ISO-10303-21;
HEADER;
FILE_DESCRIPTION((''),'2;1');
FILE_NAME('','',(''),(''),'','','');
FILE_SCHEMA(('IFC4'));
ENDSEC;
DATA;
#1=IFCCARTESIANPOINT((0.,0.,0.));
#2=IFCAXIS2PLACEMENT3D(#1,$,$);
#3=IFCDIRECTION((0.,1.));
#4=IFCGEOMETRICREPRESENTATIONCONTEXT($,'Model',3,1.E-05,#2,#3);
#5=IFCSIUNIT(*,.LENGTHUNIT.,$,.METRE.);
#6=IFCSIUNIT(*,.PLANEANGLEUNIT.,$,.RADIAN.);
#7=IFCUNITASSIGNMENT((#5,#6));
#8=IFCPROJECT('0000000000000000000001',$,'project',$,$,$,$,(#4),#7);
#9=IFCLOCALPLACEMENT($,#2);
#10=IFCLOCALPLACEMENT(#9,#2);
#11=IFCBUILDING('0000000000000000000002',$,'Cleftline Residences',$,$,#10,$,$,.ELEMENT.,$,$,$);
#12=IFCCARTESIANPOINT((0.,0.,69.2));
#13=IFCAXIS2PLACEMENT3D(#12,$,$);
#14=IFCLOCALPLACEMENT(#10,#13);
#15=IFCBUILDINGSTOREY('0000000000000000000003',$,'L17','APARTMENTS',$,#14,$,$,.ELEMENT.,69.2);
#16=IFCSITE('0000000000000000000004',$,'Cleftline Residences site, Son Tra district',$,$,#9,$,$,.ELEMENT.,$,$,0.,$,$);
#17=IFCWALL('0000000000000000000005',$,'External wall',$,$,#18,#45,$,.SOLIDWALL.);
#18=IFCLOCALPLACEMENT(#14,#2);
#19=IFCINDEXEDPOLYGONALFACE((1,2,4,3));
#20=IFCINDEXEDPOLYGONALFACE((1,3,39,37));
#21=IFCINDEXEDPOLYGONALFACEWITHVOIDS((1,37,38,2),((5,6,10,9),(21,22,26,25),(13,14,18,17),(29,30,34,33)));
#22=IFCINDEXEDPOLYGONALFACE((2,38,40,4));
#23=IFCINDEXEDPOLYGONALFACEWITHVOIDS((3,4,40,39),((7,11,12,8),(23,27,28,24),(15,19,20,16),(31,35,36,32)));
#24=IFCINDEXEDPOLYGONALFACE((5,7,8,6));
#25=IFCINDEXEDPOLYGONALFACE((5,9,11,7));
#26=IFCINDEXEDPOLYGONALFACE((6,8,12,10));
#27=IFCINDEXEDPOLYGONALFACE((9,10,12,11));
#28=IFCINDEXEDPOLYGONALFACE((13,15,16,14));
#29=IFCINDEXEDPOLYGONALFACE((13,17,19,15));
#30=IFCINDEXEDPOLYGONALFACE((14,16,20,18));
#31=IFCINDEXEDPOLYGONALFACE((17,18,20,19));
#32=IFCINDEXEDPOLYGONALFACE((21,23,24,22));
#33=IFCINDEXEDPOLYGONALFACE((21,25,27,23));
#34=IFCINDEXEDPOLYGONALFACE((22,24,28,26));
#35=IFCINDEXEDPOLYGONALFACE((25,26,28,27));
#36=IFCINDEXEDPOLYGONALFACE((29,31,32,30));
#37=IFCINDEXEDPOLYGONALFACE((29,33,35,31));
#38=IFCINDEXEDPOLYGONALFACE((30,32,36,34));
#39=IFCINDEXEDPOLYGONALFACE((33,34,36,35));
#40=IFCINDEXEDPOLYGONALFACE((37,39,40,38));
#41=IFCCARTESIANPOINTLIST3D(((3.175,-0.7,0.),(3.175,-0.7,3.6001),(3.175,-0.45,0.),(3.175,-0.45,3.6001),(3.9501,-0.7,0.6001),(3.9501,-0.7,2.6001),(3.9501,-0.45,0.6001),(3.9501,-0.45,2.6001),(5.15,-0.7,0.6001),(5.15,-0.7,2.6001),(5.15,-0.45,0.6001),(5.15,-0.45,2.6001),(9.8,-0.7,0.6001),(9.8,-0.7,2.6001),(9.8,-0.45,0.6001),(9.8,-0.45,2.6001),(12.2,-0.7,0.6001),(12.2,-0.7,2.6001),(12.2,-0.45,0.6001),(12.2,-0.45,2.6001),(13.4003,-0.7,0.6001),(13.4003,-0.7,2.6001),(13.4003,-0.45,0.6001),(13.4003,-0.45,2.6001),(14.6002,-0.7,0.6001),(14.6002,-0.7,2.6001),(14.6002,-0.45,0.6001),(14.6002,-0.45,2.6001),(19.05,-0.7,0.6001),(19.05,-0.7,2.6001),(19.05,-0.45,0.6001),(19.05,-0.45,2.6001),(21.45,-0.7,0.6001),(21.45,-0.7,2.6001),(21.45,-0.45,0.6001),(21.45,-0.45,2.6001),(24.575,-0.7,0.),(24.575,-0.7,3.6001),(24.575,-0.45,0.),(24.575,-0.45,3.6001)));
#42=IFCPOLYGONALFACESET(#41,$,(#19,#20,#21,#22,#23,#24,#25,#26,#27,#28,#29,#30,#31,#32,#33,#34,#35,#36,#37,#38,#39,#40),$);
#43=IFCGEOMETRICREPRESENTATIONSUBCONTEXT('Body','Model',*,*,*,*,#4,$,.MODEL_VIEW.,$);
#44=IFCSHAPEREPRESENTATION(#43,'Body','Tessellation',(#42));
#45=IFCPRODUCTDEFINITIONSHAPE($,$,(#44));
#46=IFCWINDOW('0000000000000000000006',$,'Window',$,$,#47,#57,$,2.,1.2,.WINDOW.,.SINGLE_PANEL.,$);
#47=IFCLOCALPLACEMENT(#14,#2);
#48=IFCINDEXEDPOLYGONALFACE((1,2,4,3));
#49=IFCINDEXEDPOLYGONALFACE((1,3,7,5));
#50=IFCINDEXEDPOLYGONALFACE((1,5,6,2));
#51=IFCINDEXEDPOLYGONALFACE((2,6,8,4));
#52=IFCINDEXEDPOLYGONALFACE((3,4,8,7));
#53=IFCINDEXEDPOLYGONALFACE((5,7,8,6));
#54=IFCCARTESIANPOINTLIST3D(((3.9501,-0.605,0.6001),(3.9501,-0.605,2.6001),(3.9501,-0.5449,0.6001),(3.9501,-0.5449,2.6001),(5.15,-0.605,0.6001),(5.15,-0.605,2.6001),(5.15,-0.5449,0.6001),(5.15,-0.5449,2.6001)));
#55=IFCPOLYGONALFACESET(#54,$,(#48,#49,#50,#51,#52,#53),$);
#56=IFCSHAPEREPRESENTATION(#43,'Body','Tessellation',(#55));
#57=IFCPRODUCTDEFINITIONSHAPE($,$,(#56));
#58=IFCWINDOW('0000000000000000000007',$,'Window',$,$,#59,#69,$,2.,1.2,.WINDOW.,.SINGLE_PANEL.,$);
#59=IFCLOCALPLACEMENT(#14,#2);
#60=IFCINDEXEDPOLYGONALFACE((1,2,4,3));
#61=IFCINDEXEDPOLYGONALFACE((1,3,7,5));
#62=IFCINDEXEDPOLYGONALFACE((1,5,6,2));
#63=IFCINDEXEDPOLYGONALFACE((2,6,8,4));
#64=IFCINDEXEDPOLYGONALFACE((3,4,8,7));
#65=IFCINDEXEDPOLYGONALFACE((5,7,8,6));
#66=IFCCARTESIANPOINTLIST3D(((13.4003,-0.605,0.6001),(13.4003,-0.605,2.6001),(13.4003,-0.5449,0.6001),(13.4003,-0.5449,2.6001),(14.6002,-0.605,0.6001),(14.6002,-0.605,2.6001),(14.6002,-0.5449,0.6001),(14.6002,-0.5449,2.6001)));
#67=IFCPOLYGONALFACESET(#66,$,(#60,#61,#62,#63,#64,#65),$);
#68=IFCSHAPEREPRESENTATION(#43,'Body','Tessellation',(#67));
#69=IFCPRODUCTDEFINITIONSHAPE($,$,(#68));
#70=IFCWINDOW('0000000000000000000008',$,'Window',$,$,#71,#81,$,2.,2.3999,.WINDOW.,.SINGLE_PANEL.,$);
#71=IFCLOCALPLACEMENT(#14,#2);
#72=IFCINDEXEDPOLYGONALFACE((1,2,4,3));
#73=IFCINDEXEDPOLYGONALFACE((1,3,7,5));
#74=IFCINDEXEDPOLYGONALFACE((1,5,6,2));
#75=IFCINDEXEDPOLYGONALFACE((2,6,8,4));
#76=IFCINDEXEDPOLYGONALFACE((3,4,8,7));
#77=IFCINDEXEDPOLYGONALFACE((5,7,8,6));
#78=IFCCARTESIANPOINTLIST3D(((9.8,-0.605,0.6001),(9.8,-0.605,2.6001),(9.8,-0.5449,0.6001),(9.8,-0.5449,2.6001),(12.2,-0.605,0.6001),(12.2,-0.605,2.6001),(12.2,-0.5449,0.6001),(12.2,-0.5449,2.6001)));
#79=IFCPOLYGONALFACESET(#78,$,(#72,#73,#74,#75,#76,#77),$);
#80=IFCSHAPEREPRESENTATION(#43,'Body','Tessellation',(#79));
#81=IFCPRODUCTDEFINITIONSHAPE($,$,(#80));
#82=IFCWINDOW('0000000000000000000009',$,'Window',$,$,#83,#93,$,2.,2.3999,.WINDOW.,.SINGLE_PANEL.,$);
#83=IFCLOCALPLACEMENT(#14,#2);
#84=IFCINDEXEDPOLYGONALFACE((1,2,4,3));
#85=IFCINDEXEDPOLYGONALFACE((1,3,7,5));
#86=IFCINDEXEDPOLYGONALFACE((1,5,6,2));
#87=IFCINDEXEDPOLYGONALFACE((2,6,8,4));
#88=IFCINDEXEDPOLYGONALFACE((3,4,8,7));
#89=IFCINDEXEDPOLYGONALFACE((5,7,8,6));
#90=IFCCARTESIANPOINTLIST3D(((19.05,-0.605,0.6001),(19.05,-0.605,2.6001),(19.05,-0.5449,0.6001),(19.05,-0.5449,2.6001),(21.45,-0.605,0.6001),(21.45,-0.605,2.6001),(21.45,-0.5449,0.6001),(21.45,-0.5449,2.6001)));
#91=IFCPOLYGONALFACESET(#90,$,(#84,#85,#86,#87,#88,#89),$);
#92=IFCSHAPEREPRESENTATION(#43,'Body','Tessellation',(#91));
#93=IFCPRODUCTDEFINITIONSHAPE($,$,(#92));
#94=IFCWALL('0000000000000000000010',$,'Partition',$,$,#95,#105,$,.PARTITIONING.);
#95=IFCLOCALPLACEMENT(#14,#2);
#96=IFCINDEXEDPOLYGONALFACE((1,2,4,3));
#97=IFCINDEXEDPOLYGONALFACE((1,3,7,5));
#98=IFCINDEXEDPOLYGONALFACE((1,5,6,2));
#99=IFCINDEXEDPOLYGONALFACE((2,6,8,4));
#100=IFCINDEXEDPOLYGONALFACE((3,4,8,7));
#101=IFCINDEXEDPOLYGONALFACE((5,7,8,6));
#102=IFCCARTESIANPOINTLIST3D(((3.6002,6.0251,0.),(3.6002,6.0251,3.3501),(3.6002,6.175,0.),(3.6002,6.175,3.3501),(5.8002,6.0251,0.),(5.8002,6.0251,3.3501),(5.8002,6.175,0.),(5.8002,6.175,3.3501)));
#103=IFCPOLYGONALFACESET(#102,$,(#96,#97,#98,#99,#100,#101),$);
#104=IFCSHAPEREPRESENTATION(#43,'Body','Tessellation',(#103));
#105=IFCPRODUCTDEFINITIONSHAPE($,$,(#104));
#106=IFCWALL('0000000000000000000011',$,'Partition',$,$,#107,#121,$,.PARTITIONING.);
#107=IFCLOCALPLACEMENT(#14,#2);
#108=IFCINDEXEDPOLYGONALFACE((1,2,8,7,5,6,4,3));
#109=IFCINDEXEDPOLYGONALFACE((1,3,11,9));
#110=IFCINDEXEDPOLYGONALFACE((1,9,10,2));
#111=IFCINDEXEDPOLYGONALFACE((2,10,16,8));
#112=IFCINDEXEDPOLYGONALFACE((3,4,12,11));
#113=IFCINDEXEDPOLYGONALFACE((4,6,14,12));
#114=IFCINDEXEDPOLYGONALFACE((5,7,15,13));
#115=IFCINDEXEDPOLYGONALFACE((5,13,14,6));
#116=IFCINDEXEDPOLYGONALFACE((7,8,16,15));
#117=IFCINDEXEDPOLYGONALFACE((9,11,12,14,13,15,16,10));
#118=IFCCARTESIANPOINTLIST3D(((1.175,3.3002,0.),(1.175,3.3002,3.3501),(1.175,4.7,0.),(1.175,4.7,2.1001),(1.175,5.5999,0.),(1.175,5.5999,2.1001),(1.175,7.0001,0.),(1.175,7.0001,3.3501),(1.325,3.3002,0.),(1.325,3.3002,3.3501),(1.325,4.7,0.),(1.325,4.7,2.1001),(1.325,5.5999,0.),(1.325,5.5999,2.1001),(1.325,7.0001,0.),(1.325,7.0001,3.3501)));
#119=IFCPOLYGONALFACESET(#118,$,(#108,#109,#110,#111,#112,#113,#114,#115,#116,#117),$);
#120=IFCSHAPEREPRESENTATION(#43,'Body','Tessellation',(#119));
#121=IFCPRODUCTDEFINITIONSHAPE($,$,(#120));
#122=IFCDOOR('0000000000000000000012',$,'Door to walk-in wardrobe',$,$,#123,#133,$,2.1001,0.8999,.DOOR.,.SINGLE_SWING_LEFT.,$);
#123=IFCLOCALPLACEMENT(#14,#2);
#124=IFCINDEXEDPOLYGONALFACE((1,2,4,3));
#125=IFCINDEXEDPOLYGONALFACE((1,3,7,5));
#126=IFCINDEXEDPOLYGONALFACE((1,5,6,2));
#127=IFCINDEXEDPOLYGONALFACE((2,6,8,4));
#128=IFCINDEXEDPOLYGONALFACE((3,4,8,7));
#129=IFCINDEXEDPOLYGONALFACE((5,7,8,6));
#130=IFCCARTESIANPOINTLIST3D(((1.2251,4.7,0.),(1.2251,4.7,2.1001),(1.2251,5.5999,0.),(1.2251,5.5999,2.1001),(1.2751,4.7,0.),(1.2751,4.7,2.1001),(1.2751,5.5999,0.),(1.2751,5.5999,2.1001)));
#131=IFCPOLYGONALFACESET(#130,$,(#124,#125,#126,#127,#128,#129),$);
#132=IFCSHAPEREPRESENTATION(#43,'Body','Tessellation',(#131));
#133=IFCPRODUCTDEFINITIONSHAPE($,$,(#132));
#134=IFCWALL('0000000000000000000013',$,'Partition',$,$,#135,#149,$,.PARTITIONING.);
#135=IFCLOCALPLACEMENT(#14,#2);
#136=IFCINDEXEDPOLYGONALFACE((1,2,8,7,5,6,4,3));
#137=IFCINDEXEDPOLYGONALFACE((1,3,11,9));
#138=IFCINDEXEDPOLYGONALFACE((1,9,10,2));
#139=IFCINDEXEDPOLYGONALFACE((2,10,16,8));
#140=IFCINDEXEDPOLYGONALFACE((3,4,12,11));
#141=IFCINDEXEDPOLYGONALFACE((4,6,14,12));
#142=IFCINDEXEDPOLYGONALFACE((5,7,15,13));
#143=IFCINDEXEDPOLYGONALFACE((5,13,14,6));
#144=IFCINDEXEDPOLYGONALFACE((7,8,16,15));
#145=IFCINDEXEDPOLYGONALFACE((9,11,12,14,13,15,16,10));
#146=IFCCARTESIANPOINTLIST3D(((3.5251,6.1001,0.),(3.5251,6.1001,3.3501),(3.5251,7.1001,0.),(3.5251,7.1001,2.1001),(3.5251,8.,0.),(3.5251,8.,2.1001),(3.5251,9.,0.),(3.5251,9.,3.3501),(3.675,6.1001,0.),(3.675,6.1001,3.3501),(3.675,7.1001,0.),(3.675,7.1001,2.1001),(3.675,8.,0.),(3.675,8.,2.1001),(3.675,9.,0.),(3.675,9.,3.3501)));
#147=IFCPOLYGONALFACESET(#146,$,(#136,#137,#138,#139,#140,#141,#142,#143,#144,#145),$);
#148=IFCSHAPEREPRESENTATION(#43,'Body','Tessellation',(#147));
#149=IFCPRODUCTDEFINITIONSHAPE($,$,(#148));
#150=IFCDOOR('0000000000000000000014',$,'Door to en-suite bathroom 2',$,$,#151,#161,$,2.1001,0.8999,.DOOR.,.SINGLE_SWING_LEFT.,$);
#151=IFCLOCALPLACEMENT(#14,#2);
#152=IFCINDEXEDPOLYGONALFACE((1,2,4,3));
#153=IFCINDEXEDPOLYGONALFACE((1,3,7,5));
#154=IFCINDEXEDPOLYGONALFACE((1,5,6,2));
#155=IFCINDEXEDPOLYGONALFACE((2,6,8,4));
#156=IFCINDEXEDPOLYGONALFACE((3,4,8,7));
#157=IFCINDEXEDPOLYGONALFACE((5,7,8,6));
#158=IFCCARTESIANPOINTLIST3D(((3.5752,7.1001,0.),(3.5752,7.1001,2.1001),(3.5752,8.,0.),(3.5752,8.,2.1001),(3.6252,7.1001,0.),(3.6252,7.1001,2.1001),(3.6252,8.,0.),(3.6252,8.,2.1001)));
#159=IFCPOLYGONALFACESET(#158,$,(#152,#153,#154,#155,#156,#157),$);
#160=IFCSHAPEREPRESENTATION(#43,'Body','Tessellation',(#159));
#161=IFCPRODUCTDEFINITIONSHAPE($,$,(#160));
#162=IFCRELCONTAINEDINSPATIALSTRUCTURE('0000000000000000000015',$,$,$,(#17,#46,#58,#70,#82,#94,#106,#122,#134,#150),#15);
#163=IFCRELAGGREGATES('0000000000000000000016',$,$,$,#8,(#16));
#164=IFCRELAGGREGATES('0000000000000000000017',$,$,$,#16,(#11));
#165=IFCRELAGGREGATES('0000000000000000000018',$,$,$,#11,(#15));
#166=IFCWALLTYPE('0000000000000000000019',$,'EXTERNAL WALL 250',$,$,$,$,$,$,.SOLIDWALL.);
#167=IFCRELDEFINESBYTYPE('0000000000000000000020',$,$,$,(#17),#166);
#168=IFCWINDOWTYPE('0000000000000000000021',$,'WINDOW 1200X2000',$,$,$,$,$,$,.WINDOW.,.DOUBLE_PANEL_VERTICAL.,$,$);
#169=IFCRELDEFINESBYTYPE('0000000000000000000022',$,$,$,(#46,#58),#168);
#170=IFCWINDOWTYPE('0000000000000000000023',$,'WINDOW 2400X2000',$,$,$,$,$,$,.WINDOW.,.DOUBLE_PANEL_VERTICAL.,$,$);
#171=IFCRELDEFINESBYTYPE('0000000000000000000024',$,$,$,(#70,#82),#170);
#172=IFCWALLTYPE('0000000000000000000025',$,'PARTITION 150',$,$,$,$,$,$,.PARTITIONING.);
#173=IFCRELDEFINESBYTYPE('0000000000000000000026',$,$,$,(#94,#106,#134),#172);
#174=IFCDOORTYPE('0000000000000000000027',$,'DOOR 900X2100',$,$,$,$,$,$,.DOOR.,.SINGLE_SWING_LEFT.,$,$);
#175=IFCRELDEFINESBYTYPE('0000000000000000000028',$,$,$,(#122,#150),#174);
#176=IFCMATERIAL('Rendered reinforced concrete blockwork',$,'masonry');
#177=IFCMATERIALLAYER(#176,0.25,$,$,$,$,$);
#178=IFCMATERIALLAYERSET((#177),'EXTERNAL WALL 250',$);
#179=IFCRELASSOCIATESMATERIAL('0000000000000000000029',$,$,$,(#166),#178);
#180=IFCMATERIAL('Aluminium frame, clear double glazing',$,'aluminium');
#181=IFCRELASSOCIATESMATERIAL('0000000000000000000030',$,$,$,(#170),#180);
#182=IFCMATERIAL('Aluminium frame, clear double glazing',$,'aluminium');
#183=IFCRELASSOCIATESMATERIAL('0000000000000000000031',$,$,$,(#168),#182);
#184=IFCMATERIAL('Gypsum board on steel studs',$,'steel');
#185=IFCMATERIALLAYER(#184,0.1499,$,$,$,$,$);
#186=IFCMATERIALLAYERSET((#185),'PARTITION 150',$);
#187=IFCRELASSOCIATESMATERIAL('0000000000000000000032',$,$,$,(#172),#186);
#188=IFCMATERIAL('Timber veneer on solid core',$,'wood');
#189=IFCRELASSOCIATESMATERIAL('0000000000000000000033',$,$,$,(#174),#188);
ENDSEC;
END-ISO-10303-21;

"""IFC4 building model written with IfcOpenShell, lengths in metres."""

from ifc_helpers import new_model, si_unit, direction, frame, frame_2d, origin, place, context, subcontext, project, spatial, rectangle, extrude, material, layer, layer_set, type_object, element, fill, save


model = new_model("IFC4")

# Units and contexts
model_context = context("Model", 3, precision=1e-05, world=origin(), true_north=direction((0.0, 1.0)))
body_context = subcontext(model_context, "Body", "Model", "MODEL_VIEW")
ifc_project = project(units=[si_unit("LENGTHUNIT", "METRE"), si_unit("PLANEANGLEUNIT", "RADIAN")], contexts=[model_context])

# Site, building, storey
site_placement = place(None, origin())
site = spatial("IfcSite", under=ifc_project, at=site_placement, Name="Cleftline Residences site, Son Tra district", CompositionType="ELEMENT", RefElevation=0.0)
building_placement = place(site_placement, origin())
building = spatial("IfcBuilding", under=site, at=building_placement, Name="Cleftline Residences", CompositionType="ELEMENT")
storey_placement = place(building_placement, frame((0.0, 0.0, 69.2)))
storey = spatial("IfcBuildingStorey", under=building, at=storey_placement, Name="L17", Description="APARTMENTS", CompositionType="ELEMENT", Elevation=69.2)

# Shared definitions
ifc_material_1 = material(Name="Rendered reinforced concrete blockwork", Category="masonry")
ifc_layer_1 = layer(ifc_material_1, 0.25)
ifc_layer_set_1 = layer_set([ifc_layer_1], Name="EXTERNAL WALL 250")
wall_type_1 = type_object("IfcWallType", Name="EXTERNAL WALL 250", PredefinedType="SOLIDWALL", material=ifc_layer_set_1)
ifc_material_2 = material(Name="Aluminium frame, clear double glazing", Category="aluminium")
window_type_1 = type_object("IfcWindowType", Name="WINDOW 2400X2000", PartitioningType="DOUBLE_PANEL_VERTICAL", PredefinedType="WINDOW", material=ifc_material_2)

# Wall, openings, windows
wall_1_placement = place(storey_placement, frame((3.175, -0.575, 0.0), z_axis=(0.0, 0.0, 1.0), x_axis=(1.0, 0.0, 0.0)))
wall_1 = element("IfcWall", 1, at=wall_1_placement, inside=storey, type_object=wall_type_1, Name="External wall", PredefinedType="SOLIDWALL", context=body_context, shape_type="SweptSolid", body=[
    extrude(rectangle(XDim=21.3999, YDim=0.25, at=frame_2d((10.7, 0.0))), origin(), (0.0, 0.0, 1.0), 3.6001),
])
opening_1_placement = place(wall_1_placement, frame((0.7749, 0.0, 0.6001)))
opening_1 = element("IfcOpeningElement", 2, at=opening_1_placement, cuts=wall_1, PredefinedType="OPENING", context=body_context, shape_type="SweptSolid", body=[
    extrude(rectangle(XDim=1.2, YDim=2.0, at=frame_2d((0.6001, 1.0))), frame((0.0, 0.135, 0.0), z_axis=(0.0, -1.0, 0.0), x_axis=(1.0, 0.0, 0.0)), (0.0, 0.0, 1.0), 0.27),
])
opening_2_placement = place(wall_1_placement, frame((6.625, 0.0, 0.6001)))
opening_2 = element("IfcOpeningElement", 3, at=opening_2_placement, cuts=wall_1, PredefinedType="OPENING", context=body_context, shape_type="SweptSolid", body=[
    extrude(rectangle(XDim=2.3999, YDim=2.0, at=frame_2d((1.2, 1.0))), frame((0.0, 0.135, 0.0), z_axis=(0.0, -1.0, 0.0), x_axis=(1.0, 0.0, 0.0)), (0.0, 0.0, 1.0), 0.27),
])
opening_3_placement = place(wall_1_placement, frame((10.2251, 0.0, 0.6001)))
opening_3 = element("IfcOpeningElement", 4, at=opening_3_placement, cuts=wall_1, PredefinedType="OPENING", context=body_context, shape_type="SweptSolid", body=[
    extrude(rectangle(XDim=1.2, YDim=2.0, at=frame_2d((0.6001, 1.0))), frame((0.0, 0.135, 0.0), z_axis=(0.0, -1.0, 0.0), x_axis=(1.0, 0.0, 0.0)), (0.0, 0.0, 1.0), 0.27),
])
opening_4_placement = place(wall_1_placement, frame((15.875, 0.0, 0.6001)))
opening_4 = element("IfcOpeningElement", 5, at=opening_4_placement, cuts=wall_1, PredefinedType="OPENING", context=body_context, shape_type="SweptSolid", body=[
    extrude(rectangle(XDim=2.3999, YDim=2.0, at=frame_2d((1.2, 1.0))), frame((0.0, 0.135, 0.0), z_axis=(0.0, -1.0, 0.0), x_axis=(1.0, 0.0, 0.0)), (0.0, 0.0, 1.0), 0.27),
])
ifc_material_3 = material(Name="Aluminium frame, clear double glazing", Category="aluminium")
window_type_2 = type_object("IfcWindowType", Name="WINDOW 1200X2000", PartitioningType="DOUBLE_PANEL_VERTICAL", PredefinedType="WINDOW", material=ifc_material_3)
window_1_placement = place(opening_1_placement, origin())
window_1 = element("IfcWindow", 6, at=window_1_placement, inside=storey, type_object=window_type_2, Name="Window", OverallHeight=2.0, OverallWidth=1.2, PartitioningType="SINGLE_PANEL", PredefinedType="WINDOW", context=body_context, shape_type="SweptSolid", body=[
    extrude(rectangle(XDim=1.2, YDim=2.0, at=frame_2d((0.6001, 1.0))), frame((0.0, 0.03, 0.0), z_axis=(0.0, -1.0, 0.0), x_axis=(1.0, 0.0, 0.0)), (0.0, 0.0, 1.0), 0.0601),
])
fill(opening_1, window_1)
window_2_placement = place(opening_3_placement, origin())
window_2 = element("IfcWindow", 7, at=window_2_placement, inside=storey, type_object=window_type_2, Name="Window", OverallHeight=2.0, OverallWidth=1.2, PartitioningType="SINGLE_PANEL", PredefinedType="WINDOW", context=body_context, shape_type="SweptSolid", body=[
    extrude(rectangle(XDim=1.2, YDim=2.0, at=frame_2d((0.6001, 1.0))), frame((0.0, 0.03, 0.0), z_axis=(0.0, -1.0, 0.0), x_axis=(1.0, 0.0, 0.0)), (0.0, 0.0, 1.0), 0.0601),
])
fill(opening_3, window_2)
window_3_placement = place(opening_2_placement, origin())
window_3 = element("IfcWindow", 8, at=window_3_placement, inside=storey, type_object=window_type_1, Name="Window", OverallHeight=2.0, OverallWidth=2.3999, PartitioningType="SINGLE_PANEL", PredefinedType="WINDOW", context=body_context, shape_type="SweptSolid", body=[
    extrude(rectangle(XDim=2.3999, YDim=2.0, at=frame_2d((1.2, 1.0))), frame((0.0, 0.03, 0.0), z_axis=(0.0, -1.0, 0.0), x_axis=(1.0, 0.0, 0.0)), (0.0, 0.0, 1.0), 0.0601),
])
fill(opening_2, window_3)
window_4_placement = place(opening_4_placement, origin())
window_4 = element("IfcWindow", 9, at=window_4_placement, inside=storey, type_object=window_type_1, Name="Window", OverallHeight=2.0, OverallWidth=2.3999, PartitioningType="SINGLE_PANEL", PredefinedType="WINDOW", context=body_context, shape_type="SweptSolid", body=[
    extrude(rectangle(XDim=2.3999, YDim=2.0, at=frame_2d((1.2, 1.0))), frame((0.0, 0.03, 0.0), z_axis=(0.0, -1.0, 0.0), x_axis=(1.0, 0.0, 0.0)), (0.0, 0.0, 1.0), 0.0601),
])
fill(opening_4, window_4)

# Wall
ifc_material_4 = material(Name="Gypsum board on steel studs", Category="steel")
ifc_layer_2 = layer(ifc_material_4, 0.1499)
ifc_layer_set_2 = layer_set([ifc_layer_2], Name="PARTITION 150")
wall_type_2 = type_object("IfcWallType", Name="PARTITION 150", PredefinedType="PARTITIONING", material=ifc_layer_set_2)
wall_2_placement = place(storey_placement, frame((3.6001, 6.1001, 0.0), z_axis=(0.0, 0.0, 1.0), x_axis=(1.0, 0.0, 0.0)))
element("IfcWall", 10, at=wall_2_placement, inside=storey, type_object=wall_type_2, Name="Partition", PredefinedType="PARTITIONING", context=body_context, shape_type="SweptSolid", body=[
    extrude(rectangle(XDim=2.2, YDim=0.1499, at=frame_2d((1.1001, 0.0))), origin(), (0.0, 0.0, 1.0), 3.3501),
])

# Walls, openings, doors
wall_3_placement = place(storey_placement, frame((1.25, 3.3, 0.0), z_axis=(0.0, 0.0, 1.0), x_axis=(0.0, 1.0, 0.0)))
wall_3 = element("IfcWall", 11, at=wall_3_placement, inside=storey, type_object=wall_type_2, Name="Partition", PredefinedType="PARTITIONING", context=body_context, shape_type="SweptSolid", body=[
    extrude(rectangle(XDim=3.7, YDim=0.1499, at=frame_2d((1.8501, 0.0))), origin(), (0.0, 0.0, 1.0), 3.3501),
])
opening_5_placement = place(wall_3_placement, frame((1.3999, 0.0, 0.0)))
opening_5 = element("IfcOpeningElement", 12, at=opening_5_placement, cuts=wall_3, PredefinedType="OPENING", context=body_context, shape_type="SweptSolid", body=[
    extrude(rectangle(XDim=0.8999, YDim=2.1001, at=frame_2d((0.45, 1.05))), frame((0.0, 0.085, 0.0), z_axis=(0.0, -1.0, 0.0), x_axis=(1.0, 0.0, 0.0)), (0.0, 0.0, 1.0), 0.1699),
])
ifc_material_5 = material(Name="Timber veneer on solid core", Category="wood")
door_type = type_object("IfcDoorType", Name="DOOR 900X2100", OperationType="SINGLE_SWING_LEFT", PredefinedType="DOOR", material=ifc_material_5)
door_1_placement = place(opening_5_placement, origin())
door_1 = element("IfcDoor", 13, at=door_1_placement, inside=storey, type_object=door_type, Name="Door to walk-in wardrobe", OperationType="SINGLE_SWING_LEFT", OverallHeight=2.1001, OverallWidth=0.8999, PredefinedType="DOOR", context=body_context, shape_type="SweptSolid", body=[
    extrude(rectangle(XDim=0.8999, YDim=2.1001, at=frame_2d((0.45, 1.05))), frame((0.0, 0.0249, 0.0), z_axis=(0.0, -1.0, 0.0), x_axis=(1.0, 0.0, 0.0)), (0.0, 0.0, 1.0), 0.05),
])
fill(opening_5, door_1)
wall_4_placement = place(storey_placement, frame((3.6001, 6.1001, 0.0), z_axis=(0.0, 0.0, 1.0), x_axis=(0.0, 1.0, 0.0)))
wall_4 = element("IfcWall", 14, at=wall_4_placement, inside=storey, type_object=wall_type_2, Name="Partition", PredefinedType="PARTITIONING", context=body_context, shape_type="SweptSolid", body=[
    extrude(rectangle(XDim=2.8999, YDim=0.1499, at=frame_2d((1.45, 0.0))), origin(), (0.0, 0.0, 1.0), 3.3501),
])
opening_6_placement = place(wall_4_placement, frame((1.0, 0.0, 0.0)))
opening_6 = element("IfcOpeningElement", 15, at=opening_6_placement, cuts=wall_4, PredefinedType="OPENING", context=body_context, shape_type="SweptSolid", body=[
    extrude(rectangle(XDim=0.8999, YDim=2.1001, at=frame_2d((0.45, 1.05))), frame((0.0, 0.085, 0.0), z_axis=(0.0, -1.0, 0.0), x_axis=(1.0, 0.0, 0.0)), (0.0, 0.0, 1.0), 0.1699),
])
door_2_placement = place(opening_6_placement, origin())
door_2 = element("IfcDoor", 16, at=door_2_placement, inside=storey, type_object=door_type, Name="Door to en-suite bathroom 2", OperationType="SINGLE_SWING_LEFT", OverallHeight=2.1001, OverallWidth=0.8999, PredefinedType="DOOR", context=body_context, shape_type="SweptSolid", body=[
    extrude(rectangle(XDim=0.8999, YDim=2.1001, at=frame_2d((0.45, 1.05))), frame((0.0, 0.0249, 0.0), z_axis=(0.0, -1.0, 0.0), x_axis=(1.0, 0.0, 0.0)), (0.0, 0.0, 1.0), 0.05),
])
fill(opening_6, door_2)

save(model, "model.ifc")
